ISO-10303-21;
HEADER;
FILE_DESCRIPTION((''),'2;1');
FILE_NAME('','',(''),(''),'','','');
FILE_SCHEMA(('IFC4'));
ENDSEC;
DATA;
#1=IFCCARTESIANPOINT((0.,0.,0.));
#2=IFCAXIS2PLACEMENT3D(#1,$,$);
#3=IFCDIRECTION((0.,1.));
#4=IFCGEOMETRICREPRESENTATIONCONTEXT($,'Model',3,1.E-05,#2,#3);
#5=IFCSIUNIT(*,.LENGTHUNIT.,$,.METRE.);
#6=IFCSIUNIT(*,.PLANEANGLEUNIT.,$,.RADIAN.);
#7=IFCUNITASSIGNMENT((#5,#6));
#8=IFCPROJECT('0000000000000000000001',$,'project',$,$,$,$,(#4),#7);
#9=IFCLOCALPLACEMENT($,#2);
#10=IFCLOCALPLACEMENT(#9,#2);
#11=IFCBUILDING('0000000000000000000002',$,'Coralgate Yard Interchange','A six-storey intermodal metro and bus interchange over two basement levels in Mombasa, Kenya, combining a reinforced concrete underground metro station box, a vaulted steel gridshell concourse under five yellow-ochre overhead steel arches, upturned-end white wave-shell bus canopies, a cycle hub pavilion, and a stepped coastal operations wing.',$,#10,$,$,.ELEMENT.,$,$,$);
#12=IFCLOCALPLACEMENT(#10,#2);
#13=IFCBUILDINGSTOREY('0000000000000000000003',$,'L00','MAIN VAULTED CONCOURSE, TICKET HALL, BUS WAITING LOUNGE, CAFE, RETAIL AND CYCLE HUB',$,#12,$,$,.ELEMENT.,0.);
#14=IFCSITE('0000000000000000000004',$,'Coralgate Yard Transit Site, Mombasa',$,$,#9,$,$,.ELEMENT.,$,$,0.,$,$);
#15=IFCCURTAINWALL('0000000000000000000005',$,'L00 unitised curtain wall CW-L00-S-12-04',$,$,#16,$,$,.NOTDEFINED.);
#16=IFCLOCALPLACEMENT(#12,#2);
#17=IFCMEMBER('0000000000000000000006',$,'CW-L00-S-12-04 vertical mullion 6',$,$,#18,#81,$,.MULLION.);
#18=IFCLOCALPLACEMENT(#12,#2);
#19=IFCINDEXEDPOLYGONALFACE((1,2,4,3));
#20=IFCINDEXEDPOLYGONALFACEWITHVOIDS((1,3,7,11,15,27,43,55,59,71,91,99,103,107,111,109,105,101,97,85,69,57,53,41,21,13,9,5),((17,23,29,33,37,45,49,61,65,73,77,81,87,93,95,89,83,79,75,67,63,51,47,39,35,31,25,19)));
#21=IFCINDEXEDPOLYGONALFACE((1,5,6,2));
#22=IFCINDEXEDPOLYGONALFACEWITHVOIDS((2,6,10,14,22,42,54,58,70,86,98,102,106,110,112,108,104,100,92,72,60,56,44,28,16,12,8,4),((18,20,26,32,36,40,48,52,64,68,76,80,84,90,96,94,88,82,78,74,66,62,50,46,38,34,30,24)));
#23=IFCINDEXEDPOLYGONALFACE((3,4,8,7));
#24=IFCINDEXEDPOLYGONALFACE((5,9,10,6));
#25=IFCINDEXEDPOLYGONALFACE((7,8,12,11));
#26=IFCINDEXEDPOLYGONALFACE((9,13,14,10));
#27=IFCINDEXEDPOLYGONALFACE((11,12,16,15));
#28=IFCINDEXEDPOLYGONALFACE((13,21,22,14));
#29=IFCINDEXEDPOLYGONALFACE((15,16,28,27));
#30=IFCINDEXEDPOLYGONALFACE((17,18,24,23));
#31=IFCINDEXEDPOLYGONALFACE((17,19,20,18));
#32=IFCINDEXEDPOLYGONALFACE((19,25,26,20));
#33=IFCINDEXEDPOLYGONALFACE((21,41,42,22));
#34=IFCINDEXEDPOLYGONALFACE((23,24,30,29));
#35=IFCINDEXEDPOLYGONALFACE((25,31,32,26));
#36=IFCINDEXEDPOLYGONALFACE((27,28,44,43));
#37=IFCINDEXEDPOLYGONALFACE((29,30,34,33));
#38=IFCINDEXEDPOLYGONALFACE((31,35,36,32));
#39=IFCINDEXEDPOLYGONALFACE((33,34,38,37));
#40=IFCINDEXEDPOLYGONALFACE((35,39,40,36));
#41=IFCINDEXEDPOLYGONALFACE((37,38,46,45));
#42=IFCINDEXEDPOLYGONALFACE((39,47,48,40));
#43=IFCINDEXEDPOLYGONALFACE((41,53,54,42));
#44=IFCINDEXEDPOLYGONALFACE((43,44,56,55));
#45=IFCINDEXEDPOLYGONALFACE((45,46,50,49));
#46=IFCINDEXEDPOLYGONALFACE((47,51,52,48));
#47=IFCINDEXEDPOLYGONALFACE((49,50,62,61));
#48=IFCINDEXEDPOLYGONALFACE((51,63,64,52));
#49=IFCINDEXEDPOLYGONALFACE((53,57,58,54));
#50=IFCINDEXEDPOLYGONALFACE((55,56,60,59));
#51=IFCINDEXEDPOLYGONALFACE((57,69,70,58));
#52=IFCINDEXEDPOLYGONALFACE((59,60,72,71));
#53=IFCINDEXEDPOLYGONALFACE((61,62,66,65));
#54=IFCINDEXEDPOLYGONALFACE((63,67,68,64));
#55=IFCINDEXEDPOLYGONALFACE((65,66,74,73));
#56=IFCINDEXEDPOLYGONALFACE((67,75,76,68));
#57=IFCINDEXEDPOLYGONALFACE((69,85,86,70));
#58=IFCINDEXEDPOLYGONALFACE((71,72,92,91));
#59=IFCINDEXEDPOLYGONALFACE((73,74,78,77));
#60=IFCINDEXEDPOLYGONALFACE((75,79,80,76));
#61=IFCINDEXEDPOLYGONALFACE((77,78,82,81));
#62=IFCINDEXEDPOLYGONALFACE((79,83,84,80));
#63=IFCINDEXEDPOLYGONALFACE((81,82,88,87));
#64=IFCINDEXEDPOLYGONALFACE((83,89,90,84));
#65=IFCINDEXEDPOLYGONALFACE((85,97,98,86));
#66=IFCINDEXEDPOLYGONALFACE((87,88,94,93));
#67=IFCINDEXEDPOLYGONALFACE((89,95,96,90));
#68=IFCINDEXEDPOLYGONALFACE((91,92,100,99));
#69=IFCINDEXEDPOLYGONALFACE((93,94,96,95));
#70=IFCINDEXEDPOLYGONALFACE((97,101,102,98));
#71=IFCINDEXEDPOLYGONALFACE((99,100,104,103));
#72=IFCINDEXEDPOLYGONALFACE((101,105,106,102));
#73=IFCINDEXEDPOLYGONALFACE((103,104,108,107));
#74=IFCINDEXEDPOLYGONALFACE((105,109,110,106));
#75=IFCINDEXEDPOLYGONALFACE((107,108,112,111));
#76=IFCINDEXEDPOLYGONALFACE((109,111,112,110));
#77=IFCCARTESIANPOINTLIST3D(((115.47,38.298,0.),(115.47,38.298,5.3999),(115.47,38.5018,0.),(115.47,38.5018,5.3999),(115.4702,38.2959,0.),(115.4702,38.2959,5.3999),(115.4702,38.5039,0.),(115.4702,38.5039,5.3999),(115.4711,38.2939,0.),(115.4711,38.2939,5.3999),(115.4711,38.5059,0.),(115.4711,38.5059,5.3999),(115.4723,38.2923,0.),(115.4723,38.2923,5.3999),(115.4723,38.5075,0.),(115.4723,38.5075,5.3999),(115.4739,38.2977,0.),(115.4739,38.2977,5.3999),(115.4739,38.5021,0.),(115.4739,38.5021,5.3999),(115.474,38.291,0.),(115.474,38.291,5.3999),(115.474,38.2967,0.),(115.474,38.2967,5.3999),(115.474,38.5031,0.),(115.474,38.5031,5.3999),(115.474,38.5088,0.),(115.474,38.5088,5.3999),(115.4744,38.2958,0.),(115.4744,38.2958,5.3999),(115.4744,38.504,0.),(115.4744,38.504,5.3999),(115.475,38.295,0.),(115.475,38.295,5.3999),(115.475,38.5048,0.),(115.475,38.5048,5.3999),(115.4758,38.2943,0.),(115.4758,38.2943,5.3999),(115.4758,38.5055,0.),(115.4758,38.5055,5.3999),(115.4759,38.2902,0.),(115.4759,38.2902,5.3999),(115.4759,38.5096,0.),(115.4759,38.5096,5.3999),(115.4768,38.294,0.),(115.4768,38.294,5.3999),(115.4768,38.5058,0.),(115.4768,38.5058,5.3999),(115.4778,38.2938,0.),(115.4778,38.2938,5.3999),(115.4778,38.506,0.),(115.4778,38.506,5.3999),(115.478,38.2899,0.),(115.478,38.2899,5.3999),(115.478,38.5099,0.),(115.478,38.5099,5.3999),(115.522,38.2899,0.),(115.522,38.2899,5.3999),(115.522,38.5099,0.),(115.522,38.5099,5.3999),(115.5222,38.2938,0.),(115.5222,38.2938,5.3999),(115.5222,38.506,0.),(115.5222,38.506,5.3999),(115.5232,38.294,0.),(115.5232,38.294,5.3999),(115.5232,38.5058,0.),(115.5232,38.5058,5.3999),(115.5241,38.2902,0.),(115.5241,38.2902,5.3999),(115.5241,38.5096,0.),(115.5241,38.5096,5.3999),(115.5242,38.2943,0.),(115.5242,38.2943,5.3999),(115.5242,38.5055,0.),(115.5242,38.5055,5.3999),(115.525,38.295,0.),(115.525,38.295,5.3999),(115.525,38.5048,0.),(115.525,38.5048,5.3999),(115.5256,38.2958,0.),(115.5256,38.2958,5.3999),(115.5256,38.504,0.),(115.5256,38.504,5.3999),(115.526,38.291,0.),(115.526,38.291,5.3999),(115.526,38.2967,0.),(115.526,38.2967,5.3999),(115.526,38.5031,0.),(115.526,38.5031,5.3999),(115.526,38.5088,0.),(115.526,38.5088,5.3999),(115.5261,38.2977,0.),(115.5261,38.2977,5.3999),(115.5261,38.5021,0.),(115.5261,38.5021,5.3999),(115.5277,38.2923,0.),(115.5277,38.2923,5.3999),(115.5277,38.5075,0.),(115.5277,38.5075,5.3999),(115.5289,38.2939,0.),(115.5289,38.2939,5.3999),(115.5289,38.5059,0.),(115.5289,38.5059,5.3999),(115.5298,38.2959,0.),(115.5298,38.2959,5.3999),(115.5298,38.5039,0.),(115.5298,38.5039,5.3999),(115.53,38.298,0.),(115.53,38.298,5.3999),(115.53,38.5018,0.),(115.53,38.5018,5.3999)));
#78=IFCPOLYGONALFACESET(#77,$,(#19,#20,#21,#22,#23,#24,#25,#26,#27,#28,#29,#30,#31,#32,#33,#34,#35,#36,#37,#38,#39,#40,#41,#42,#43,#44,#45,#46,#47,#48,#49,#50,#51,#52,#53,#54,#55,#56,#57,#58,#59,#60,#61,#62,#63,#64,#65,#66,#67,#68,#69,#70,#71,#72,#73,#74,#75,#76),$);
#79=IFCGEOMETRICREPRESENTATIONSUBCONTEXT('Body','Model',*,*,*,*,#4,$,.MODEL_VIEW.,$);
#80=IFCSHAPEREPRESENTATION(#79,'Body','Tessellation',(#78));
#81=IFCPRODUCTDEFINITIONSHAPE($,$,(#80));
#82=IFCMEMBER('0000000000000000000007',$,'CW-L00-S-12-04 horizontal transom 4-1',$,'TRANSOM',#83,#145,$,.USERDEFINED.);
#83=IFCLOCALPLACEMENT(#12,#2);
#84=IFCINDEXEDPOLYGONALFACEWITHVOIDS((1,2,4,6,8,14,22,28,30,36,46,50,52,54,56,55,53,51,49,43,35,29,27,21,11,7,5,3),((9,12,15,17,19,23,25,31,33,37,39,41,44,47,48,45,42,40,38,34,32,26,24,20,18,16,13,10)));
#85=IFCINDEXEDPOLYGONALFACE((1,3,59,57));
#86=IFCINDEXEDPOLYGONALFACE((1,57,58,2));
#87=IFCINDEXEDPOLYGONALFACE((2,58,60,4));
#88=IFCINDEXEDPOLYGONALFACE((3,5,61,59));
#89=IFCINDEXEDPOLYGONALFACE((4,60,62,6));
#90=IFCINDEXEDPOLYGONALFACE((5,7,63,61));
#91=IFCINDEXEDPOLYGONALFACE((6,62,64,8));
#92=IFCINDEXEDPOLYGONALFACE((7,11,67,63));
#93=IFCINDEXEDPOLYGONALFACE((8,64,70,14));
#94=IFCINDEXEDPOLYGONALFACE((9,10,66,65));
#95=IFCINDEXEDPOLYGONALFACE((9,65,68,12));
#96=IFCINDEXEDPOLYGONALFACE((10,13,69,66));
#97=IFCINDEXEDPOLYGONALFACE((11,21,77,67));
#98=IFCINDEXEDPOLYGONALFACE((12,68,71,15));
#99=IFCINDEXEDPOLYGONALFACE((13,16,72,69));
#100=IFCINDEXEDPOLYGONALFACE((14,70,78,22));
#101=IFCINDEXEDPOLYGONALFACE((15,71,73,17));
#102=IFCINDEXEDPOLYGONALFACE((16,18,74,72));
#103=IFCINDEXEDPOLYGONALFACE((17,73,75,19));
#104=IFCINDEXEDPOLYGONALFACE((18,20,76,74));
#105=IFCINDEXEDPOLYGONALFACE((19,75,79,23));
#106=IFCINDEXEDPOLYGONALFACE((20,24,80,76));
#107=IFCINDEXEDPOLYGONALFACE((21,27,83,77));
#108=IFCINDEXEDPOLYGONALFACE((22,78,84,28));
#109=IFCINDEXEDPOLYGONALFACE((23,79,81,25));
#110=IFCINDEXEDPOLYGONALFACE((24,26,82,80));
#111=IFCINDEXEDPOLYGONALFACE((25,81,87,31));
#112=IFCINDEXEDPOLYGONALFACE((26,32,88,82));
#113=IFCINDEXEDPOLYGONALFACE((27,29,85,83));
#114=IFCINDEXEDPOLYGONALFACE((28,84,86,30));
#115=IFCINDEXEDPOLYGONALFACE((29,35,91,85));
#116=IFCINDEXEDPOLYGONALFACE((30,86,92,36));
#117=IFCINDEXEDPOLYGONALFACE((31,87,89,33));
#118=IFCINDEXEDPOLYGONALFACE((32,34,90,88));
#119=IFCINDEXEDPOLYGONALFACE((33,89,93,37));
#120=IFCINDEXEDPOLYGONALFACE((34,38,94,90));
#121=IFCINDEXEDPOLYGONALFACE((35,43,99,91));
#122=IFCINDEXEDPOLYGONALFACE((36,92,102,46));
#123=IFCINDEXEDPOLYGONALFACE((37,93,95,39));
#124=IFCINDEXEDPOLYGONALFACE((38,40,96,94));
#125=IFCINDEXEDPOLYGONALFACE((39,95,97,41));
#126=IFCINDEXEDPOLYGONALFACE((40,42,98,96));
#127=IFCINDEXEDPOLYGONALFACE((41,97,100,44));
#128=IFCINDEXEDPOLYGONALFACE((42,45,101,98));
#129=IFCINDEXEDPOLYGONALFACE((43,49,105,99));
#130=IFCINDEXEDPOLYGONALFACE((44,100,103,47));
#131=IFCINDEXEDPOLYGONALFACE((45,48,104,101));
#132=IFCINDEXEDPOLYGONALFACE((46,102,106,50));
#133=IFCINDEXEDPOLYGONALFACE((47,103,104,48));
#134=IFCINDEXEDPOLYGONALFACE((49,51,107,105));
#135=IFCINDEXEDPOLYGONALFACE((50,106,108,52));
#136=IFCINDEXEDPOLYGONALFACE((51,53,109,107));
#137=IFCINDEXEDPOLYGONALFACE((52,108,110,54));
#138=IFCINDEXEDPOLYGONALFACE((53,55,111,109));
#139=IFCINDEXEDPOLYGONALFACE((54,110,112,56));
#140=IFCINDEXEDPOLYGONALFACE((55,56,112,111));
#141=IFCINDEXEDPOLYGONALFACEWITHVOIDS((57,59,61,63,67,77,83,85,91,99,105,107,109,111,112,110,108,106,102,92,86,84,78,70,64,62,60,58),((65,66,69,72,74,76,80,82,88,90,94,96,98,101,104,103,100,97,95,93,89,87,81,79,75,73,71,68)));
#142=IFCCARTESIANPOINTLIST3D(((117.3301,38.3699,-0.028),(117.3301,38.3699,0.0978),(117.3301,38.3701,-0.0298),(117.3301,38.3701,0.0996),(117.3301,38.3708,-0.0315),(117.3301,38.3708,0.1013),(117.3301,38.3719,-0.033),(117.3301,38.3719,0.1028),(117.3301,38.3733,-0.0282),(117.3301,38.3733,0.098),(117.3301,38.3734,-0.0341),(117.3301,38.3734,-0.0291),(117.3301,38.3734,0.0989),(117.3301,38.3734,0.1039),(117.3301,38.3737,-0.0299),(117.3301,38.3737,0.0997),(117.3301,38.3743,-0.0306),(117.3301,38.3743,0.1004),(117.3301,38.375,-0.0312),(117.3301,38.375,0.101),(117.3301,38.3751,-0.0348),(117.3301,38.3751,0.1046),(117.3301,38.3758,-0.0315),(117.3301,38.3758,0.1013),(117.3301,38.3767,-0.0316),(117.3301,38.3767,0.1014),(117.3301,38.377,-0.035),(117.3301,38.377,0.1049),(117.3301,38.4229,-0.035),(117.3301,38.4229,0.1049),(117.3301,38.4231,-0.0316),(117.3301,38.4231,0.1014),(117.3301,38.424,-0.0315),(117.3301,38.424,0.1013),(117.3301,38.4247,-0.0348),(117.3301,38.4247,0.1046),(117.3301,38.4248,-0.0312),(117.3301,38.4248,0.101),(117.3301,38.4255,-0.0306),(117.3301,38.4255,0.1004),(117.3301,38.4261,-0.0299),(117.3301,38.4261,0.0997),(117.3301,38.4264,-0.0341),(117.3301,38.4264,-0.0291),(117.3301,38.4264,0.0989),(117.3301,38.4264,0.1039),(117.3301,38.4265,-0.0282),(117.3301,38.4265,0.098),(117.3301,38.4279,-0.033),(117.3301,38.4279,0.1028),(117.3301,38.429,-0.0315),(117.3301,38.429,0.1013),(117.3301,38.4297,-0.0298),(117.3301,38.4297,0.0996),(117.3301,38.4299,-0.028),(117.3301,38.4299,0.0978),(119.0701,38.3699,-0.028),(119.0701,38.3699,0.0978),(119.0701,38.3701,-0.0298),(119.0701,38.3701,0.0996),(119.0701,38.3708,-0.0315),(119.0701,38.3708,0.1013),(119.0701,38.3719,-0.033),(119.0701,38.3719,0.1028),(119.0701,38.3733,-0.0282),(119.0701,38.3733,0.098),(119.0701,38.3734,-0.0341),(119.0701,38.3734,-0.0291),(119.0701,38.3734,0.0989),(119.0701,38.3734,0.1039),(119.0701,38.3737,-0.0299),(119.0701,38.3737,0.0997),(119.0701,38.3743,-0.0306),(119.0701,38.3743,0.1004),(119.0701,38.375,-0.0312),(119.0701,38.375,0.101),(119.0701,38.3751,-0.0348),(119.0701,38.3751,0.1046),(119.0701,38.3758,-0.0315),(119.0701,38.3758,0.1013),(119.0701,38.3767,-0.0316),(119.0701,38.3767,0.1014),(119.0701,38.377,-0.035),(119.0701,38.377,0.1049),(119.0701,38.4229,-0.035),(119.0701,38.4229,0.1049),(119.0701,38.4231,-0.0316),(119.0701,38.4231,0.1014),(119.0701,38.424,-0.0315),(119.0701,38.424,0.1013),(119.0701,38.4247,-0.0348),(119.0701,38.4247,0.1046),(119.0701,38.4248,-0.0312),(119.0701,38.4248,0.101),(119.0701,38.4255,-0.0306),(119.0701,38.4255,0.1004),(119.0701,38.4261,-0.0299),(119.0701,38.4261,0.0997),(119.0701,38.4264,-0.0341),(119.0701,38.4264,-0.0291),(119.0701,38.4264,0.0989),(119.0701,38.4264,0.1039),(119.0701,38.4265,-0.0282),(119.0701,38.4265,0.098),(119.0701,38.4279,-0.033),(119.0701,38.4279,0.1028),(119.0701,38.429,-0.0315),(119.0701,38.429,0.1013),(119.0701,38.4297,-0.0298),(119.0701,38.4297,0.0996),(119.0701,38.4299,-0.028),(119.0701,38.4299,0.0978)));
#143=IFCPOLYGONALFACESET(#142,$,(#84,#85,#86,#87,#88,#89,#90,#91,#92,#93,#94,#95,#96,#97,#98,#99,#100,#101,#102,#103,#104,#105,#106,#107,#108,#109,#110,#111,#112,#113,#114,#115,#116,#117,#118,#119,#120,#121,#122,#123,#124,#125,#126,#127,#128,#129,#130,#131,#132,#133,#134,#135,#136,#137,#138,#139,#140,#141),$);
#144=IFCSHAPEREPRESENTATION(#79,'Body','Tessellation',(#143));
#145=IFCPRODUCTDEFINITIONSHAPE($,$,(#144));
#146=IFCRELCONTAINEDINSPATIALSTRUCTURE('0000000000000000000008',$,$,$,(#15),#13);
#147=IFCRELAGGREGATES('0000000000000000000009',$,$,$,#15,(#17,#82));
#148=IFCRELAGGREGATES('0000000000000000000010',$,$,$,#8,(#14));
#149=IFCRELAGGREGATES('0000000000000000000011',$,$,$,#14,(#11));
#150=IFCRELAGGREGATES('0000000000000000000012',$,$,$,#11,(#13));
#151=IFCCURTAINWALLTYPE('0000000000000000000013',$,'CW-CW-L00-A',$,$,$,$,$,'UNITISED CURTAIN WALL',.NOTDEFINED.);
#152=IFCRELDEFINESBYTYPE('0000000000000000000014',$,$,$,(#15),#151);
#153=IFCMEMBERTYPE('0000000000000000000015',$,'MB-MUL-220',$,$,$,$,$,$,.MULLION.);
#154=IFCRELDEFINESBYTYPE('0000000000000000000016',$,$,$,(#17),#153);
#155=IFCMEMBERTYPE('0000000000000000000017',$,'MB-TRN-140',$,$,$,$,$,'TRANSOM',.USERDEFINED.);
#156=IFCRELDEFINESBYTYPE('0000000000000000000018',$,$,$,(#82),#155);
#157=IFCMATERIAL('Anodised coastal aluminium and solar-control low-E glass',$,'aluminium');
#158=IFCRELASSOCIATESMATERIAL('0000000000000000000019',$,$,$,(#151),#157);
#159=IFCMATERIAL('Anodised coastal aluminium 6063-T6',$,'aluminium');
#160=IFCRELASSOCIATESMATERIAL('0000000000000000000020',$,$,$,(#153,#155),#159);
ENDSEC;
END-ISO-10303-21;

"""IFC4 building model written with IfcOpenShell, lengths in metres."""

from ifc_helpers import new_model, si_unit, direction, frame, origin, origin_2d, place, context, subcontext, project, spatial, hollow_rectangle, extrude, material, material_profile, profile_set, type_object, element, aggregate, save


model = new_model("IFC4")

# Units and contexts
model_context = context("Model", 3, precision=1e-05, world=origin(), true_north=direction((0.0, 1.0)))
body_context = subcontext(model_context, "Body", "Model", "MODEL_VIEW")
ifc_project = project(units=[si_unit("LENGTHUNIT", "METRE"), si_unit("PLANEANGLEUNIT", "RADIAN")], contexts=[model_context])

# Site, building, storey
site_placement = place(None, origin())
site = spatial("IfcSite", under=ifc_project, at=site_placement, Name="Coralgate Yard Transit Site, Mombasa", CompositionType="ELEMENT", RefElevation=0.0)
building_placement = place(site_placement, origin())
building = spatial("IfcBuilding", under=site, at=building_placement, Name="Coralgate Yard Interchange", Description="A six-storey intermodal metro and bus interchange over two basement levels in Mombasa, Kenya, combining a reinforced concrete underground metro station box, a vaulted steel gridshell concourse under five yellow-ochre overhead steel arches, upturned-end white wave-shell bus canopies, a cycle hub pavilion, and a stepped coastal operations wing.", CompositionType="ELEMENT")
storey_placement = place(building_placement, origin())
storey = spatial("IfcBuildingStorey", under=building, at=storey_placement, Name="L00", Description="MAIN VAULTED CONCOURSE, TICKET HALL, BUS WAITING LOUNGE, CAFE, RETAIL AND CYCLE HUB", CompositionType="ELEMENT", Elevation=0.0)

# Curtain wall, members
ifc_material_1 = material(Name="Anodised coastal aluminium and solar-control low-E glass", Category="aluminium")
curtain_wall_type = type_object("IfcCurtainWallType", Name="CW-CW-L00-A", ElementType="UNITISED CURTAIN WALL", PredefinedType="NOTDEFINED", material=ifc_material_1)
curtain_wall_placement = place(storey_placement, origin())
curtain_wall = element("IfcCurtainWall", 1, at=curtain_wall_placement, inside=storey, type_object=curtain_wall_type, Name="L00 unitised curtain wall CW-L00-S-12-04", PredefinedType="NOTDEFINED")
ifc_material_2 = material(Name="Anodised coastal aluminium 6063-T6", Category="aluminium")
ifc_material_profile_1 = material_profile(ifc_material_2, hollow_rectangle(XDim=0.0601, YDim=0.22, WallThickness=0.0039, InnerFilletRadius=0.0039, OuterFilletRadius=0.0081, at=origin_2d()), Name="ALU 60x220x4")
ifc_profile_set_1 = profile_set([ifc_material_profile_1], Name="Anodised coastal aluminium 6063-T6")
member_type_1 = type_object("IfcMemberType", Name="MB-MUL-220", PredefinedType="MULLION", material=ifc_profile_set_1)
member_1_placement = place(storey_placement, frame((115.5, 38.3999, 0.0), z_axis=(0.0, 0.0, 1.0), x_axis=(1.0, 0.0, 0.0)))
member_1 = element("IfcMember", 2, at=member_1_placement, type_object=member_type_1, Name="CW-L00-S-12-04 vertical mullion 6", PredefinedType="MULLION", context=body_context, shape_type="SweptSolid", body=[
    extrude(hollow_rectangle(XDim=0.0601, YDim=0.22, WallThickness=0.0039, InnerFilletRadius=0.0039, OuterFilletRadius=0.0081, at=origin_2d()), origin(), (0.0, 0.0, 1.0), 5.3999),
])
ifc_material_profile_2 = material_profile(ifc_material_2, hollow_rectangle(XDim=0.0601, YDim=0.1399, WallThickness=0.0034, InnerFilletRadius=0.0034, OuterFilletRadius=0.0071, at=origin_2d()), Name="ALU 60x140x3.5")
ifc_profile_set_2 = profile_set([ifc_material_profile_2], Name="Anodised coastal aluminium 6063-T6")
member_type_2 = type_object("IfcMemberType", Name="MB-TRN-140", ElementType="TRANSOM", PredefinedType="USERDEFINED", material=ifc_profile_set_2)
member_2_placement = place(storey_placement, frame((119.0701, 38.3999, 0.0349), z_axis=(-1.0, 0.0, 0.0), x_axis=(0.0, -1.0, 0.0)))
member_2 = element("IfcMember", 3, at=member_2_placement, type_object=member_type_2, Name="CW-L00-S-12-04 horizontal transom 4-1", ObjectType="TRANSOM", PredefinedType="USERDEFINED", context=body_context, shape_type="SweptSolid", body=[
    extrude(hollow_rectangle(XDim=0.0601, YDim=0.1399, WallThickness=0.0034, InnerFilletRadius=0.0034, OuterFilletRadius=0.0071, at=origin_2d()), origin(), (0.0, 0.0, 1.0), 1.74),
])
aggregate(curtain_wall, [member_1, member_2])

save(model, "model.ifc")
